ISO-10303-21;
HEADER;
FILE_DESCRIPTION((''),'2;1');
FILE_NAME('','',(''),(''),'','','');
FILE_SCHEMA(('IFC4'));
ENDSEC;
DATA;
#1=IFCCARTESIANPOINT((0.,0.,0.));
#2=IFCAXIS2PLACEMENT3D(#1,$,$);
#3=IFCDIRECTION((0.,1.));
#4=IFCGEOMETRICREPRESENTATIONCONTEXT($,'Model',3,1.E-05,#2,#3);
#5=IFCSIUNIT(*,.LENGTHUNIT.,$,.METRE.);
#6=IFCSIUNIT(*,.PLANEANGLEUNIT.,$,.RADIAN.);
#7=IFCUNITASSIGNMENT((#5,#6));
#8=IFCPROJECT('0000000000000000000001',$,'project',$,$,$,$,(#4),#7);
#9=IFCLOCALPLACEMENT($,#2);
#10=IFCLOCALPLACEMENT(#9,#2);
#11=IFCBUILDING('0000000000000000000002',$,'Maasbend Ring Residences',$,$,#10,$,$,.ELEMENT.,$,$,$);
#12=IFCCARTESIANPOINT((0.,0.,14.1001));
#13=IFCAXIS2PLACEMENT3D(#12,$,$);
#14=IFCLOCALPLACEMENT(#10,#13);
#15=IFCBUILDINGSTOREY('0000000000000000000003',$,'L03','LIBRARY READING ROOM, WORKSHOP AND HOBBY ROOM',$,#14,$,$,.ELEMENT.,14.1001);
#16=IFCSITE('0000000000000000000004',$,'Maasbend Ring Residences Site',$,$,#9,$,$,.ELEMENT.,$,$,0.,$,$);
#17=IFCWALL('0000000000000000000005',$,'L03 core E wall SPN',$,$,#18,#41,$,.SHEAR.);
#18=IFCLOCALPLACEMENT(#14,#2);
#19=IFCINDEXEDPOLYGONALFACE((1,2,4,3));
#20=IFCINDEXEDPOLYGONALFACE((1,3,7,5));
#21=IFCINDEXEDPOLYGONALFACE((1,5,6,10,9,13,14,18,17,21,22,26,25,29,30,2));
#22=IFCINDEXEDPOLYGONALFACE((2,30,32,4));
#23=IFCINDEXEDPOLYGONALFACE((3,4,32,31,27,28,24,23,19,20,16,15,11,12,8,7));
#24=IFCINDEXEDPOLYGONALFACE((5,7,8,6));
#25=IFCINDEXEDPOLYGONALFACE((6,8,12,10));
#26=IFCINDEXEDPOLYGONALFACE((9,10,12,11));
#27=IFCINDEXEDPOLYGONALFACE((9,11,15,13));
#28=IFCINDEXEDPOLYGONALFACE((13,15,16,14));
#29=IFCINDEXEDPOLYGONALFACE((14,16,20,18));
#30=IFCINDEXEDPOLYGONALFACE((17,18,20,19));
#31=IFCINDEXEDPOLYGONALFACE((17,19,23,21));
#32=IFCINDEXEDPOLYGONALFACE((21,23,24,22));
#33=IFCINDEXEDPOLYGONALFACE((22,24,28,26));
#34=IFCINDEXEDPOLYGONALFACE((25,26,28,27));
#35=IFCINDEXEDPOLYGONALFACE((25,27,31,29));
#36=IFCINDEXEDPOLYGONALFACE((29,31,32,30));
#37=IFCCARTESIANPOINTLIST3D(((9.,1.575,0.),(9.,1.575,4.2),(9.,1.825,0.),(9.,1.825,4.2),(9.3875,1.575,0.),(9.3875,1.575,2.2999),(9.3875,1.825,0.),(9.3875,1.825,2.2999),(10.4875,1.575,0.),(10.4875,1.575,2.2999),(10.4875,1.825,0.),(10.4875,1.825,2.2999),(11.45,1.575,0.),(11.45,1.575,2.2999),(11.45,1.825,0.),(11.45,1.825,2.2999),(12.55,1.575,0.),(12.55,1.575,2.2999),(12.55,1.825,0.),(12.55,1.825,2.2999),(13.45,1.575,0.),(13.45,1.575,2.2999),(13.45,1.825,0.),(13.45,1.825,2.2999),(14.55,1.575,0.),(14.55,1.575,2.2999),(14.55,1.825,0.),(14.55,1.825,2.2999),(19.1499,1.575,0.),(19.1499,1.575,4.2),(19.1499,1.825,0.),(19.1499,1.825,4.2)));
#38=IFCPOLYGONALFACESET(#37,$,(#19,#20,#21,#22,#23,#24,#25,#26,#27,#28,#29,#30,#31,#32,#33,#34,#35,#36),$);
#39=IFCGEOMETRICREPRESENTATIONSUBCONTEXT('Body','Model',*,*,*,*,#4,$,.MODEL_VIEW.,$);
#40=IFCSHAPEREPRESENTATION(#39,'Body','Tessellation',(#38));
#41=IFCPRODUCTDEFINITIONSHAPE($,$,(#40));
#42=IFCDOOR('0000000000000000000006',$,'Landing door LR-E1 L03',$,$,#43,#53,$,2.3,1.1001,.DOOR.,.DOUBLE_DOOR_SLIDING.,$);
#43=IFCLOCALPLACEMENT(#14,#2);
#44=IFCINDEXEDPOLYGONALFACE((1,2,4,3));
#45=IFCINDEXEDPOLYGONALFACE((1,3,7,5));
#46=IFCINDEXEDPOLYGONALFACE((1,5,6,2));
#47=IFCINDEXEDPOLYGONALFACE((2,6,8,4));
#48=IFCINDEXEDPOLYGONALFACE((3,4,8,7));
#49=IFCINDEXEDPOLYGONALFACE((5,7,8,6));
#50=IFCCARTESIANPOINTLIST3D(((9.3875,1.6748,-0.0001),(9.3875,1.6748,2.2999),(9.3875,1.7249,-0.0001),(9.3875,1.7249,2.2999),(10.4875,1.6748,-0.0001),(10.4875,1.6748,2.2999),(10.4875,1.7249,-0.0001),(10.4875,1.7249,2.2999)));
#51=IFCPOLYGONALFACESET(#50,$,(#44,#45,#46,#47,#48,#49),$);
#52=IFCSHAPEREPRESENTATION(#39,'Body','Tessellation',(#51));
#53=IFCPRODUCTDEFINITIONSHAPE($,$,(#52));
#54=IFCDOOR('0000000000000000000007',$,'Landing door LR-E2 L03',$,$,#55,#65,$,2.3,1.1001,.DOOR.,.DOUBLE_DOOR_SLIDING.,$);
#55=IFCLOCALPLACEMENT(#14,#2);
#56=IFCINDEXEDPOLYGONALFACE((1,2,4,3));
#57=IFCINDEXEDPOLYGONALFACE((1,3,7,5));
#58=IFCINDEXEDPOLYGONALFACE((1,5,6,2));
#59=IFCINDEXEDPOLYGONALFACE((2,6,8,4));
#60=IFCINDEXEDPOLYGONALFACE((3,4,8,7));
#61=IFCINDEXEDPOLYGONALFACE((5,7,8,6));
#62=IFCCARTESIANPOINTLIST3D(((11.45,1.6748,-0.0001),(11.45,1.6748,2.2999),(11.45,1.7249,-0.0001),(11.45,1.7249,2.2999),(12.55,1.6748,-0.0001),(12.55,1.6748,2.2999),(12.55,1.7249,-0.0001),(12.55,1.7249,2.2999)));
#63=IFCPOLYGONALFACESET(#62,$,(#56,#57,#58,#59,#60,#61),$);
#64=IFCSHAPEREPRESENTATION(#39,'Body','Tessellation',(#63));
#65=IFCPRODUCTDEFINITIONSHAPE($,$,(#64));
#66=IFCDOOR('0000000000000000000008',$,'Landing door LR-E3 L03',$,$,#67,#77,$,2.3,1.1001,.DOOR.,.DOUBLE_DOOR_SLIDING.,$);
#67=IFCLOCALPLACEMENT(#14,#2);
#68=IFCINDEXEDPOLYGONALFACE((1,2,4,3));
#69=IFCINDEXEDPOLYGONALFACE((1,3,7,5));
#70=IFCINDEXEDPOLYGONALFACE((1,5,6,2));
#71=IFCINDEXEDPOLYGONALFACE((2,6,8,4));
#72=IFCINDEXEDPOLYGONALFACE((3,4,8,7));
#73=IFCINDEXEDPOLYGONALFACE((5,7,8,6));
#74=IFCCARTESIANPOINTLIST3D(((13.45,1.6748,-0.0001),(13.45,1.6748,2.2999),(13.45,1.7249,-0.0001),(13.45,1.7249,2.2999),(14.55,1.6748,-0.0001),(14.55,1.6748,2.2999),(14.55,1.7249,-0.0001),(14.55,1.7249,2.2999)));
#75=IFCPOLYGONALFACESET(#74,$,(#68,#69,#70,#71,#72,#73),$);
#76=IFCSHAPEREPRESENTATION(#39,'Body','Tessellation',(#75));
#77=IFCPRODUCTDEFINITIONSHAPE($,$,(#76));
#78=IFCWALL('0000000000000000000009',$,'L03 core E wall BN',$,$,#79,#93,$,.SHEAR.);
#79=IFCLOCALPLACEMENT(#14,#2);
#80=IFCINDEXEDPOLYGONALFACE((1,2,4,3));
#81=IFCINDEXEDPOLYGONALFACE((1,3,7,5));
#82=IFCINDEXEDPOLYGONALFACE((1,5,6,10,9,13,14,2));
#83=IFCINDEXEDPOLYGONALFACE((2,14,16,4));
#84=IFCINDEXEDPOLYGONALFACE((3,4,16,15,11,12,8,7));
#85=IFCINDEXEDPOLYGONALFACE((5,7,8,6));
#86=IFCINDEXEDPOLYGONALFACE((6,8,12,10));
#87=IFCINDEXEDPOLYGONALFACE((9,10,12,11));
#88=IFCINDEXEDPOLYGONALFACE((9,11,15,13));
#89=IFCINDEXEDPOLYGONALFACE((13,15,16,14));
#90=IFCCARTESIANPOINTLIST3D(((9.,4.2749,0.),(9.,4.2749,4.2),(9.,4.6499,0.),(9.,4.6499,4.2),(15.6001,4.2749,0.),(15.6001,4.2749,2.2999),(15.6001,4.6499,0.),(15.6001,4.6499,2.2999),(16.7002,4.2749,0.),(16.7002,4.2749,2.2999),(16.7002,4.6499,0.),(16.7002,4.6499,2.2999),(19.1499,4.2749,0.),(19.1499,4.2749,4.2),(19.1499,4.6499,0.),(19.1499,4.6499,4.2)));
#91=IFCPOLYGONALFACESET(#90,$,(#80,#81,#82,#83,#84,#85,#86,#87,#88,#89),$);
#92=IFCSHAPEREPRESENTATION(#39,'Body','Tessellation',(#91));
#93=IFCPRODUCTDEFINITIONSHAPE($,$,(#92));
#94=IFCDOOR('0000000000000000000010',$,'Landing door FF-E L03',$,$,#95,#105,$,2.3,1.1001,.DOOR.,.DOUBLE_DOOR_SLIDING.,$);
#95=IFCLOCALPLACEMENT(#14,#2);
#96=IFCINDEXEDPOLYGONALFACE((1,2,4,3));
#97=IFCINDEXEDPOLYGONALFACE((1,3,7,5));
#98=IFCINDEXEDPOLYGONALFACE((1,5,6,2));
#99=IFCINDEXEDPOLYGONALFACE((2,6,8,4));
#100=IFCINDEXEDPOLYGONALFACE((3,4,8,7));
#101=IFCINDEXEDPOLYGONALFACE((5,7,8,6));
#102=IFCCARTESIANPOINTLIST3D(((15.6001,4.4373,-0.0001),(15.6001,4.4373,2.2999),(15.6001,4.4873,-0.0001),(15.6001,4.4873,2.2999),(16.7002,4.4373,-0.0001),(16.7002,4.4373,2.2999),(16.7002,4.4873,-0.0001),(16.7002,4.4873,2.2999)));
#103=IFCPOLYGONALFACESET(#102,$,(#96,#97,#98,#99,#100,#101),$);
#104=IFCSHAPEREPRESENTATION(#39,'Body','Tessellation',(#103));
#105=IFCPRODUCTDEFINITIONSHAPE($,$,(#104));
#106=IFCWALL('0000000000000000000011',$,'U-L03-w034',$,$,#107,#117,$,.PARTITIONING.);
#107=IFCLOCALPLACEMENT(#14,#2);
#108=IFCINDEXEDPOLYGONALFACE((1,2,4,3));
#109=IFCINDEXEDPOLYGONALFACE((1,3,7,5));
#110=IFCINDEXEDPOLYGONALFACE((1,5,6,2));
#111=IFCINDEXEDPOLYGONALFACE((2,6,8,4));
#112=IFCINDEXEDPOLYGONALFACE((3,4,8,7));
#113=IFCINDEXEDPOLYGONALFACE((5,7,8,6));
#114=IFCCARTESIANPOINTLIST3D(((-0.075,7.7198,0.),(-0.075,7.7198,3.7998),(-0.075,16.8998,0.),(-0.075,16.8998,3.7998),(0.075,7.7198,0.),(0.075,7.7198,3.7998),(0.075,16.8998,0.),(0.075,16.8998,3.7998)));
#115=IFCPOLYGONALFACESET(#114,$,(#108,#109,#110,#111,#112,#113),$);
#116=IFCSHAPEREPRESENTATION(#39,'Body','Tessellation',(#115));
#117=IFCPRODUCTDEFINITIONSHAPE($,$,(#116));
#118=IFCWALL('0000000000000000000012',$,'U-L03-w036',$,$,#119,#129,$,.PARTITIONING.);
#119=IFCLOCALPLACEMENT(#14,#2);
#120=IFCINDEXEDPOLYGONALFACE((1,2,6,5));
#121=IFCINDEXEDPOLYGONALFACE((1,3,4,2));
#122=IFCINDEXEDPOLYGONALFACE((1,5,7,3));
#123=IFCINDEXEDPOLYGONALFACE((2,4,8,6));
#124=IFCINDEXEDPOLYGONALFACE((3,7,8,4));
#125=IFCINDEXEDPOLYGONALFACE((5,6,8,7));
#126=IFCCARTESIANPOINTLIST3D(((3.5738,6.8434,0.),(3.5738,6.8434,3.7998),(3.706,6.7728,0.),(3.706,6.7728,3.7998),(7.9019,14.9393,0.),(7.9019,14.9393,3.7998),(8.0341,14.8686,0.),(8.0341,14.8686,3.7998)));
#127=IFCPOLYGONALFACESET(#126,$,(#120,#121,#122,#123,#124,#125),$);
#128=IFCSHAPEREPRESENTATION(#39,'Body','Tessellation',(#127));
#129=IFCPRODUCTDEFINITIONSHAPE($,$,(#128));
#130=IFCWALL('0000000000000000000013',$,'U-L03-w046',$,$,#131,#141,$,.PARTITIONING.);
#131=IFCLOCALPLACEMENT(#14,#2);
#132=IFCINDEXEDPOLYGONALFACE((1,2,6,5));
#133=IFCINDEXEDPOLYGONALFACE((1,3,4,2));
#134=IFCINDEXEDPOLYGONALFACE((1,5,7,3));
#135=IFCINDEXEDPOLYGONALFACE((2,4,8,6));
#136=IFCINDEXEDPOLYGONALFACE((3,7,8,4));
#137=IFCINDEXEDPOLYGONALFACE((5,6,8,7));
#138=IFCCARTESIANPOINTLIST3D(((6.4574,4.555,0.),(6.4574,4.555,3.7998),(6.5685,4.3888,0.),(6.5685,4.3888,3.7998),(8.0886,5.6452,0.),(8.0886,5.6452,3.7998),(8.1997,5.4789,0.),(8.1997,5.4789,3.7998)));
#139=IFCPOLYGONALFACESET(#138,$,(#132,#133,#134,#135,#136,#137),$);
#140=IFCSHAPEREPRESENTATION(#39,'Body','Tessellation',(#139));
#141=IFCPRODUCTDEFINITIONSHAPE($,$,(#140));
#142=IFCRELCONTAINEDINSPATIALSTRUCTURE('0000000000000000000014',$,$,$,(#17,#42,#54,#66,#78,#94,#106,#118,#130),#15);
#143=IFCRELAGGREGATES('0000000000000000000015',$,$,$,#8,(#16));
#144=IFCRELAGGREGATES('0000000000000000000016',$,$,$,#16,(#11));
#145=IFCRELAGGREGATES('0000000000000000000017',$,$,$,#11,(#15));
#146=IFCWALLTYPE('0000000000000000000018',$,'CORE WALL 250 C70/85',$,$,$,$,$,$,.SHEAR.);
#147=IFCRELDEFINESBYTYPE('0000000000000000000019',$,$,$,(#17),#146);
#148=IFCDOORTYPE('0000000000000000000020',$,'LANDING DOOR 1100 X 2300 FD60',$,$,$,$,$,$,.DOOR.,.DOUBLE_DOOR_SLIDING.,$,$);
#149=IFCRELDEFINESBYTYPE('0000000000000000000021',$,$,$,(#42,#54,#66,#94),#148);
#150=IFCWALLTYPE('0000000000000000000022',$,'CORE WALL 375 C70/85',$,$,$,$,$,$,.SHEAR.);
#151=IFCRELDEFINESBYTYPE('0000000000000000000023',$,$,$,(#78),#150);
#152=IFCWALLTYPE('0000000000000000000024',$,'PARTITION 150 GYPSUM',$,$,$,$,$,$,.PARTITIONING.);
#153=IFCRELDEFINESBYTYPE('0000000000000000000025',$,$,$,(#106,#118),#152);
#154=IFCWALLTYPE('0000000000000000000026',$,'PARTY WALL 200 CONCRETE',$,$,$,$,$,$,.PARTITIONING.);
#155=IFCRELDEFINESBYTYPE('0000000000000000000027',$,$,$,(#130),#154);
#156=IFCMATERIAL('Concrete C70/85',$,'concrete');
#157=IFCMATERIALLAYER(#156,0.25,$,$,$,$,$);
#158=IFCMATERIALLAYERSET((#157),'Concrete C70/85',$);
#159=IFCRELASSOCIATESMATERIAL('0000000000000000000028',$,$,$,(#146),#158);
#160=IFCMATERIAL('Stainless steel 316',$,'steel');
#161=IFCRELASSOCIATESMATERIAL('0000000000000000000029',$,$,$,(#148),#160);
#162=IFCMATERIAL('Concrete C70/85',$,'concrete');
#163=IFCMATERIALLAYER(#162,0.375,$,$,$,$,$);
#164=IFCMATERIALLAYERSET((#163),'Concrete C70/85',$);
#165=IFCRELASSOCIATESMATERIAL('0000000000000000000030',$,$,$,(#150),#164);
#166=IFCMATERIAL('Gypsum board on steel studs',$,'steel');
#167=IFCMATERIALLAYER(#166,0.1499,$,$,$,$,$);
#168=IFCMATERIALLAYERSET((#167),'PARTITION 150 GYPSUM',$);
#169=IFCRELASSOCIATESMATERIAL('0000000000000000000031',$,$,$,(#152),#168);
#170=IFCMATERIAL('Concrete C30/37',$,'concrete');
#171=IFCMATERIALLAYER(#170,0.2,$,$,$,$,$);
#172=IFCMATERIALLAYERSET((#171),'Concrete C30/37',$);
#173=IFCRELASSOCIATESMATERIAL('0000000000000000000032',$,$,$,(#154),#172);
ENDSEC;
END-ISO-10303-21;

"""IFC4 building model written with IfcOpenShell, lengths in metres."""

from ifc_helpers import new_model, si_unit, direction, frame, frame_2d, origin, place, context, subcontext, project, spatial, rectangle, extrude, material, layer, layer_set, type_object, element, fill, save


model = new_model("IFC4")

# Units and contexts
model_context = context("Model", 3, precision=1e-05, world=origin(), true_north=direction((0.0, 1.0)))
body_context = subcontext(model_context, "Body", "Model", "MODEL_VIEW")
ifc_project = project(units=[si_unit("LENGTHUNIT", "METRE"), si_unit("PLANEANGLEUNIT", "RADIAN")], contexts=[model_context])

# Site, building, storey
site_placement = place(None, origin())
site = spatial("IfcSite", under=ifc_project, at=site_placement, Name="Maasbend Ring Residences Site", CompositionType="ELEMENT", RefElevation=0.0)
building_placement = place(site_placement, origin())
building = spatial("IfcBuilding", under=site, at=building_placement, Name="Maasbend Ring Residences", CompositionType="ELEMENT")
storey_placement = place(building_placement, frame((0.0, 0.0, 14.1001)))
storey = spatial("IfcBuildingStorey", under=building, at=storey_placement, Name="L03", Description="LIBRARY READING ROOM, WORKSHOP AND HOBBY ROOM", CompositionType="ELEMENT", Elevation=14.1001)

# Wall, openings, doors
ifc_material_1 = material(Name="Concrete C70/85", Category="concrete")
ifc_layer_1 = layer(ifc_material_1, 0.25)
ifc_layer_set_1 = layer_set([ifc_layer_1], Name="Concrete C70/85")
wall_type_1 = type_object("IfcWallType", Name="CORE WALL 250 C70/85", PredefinedType="SHEAR", material=ifc_layer_set_1)
wall_1_placement = place(storey_placement, frame((9.0, 1.7, 0.0), z_axis=(0.0, 0.0, 1.0), x_axis=(1.0, 0.0, 0.0)))
wall_1 = element("IfcWall", 1, at=wall_1_placement, inside=storey, type_object=wall_type_1, Name="L03 core E wall SPN", PredefinedType="SHEAR", context=body_context, shape_type="SweptSolid", body=[
    extrude(rectangle(XDim=10.1499, YDim=0.25, at=frame_2d((5.075, 0.0))), origin(), (0.0, 0.0, 1.0), 4.2),
])
opening_1_placement = place(wall_1_placement, frame((0.3875, 0.0, 0.0)))
opening_1 = element("IfcOpeningElement", 2, at=opening_1_placement, cuts=wall_1, PredefinedType="OPENING", context=body_context, shape_type="SweptSolid", body=[
    extrude(rectangle(XDim=1.1001, YDim=2.3, at=frame_2d((0.55, 1.1499))), frame((0.0, 0.135, 0.0), z_axis=(0.0, -1.0, 0.0), x_axis=(1.0, 0.0, 0.0)), (0.0, 0.0, 1.0), 0.27),
])
opening_2_placement = place(wall_1_placement, frame((2.45, 0.0, 0.0)))
opening_2 = element("IfcOpeningElement", 3, at=opening_2_placement, cuts=wall_1, PredefinedType="OPENING", context=body_context, shape_type="SweptSolid", body=[
    extrude(rectangle(XDim=1.1001, YDim=2.3, at=frame_2d((0.55, 1.1499))), frame((0.0, 0.135, 0.0), z_axis=(0.0, -1.0, 0.0), x_axis=(1.0, 0.0, 0.0)), (0.0, 0.0, 1.0), 0.27),
])
opening_3_placement = place(wall_1_placement, frame((4.45, 0.0, 0.0)))
opening_3 = element("IfcOpeningElement", 4, at=opening_3_placement, cuts=wall_1, PredefinedType="OPENING", context=body_context, shape_type="SweptSolid", body=[
    extrude(rectangle(XDim=1.1001, YDim=2.3, at=frame_2d((0.55, 1.1499))), frame((0.0, 0.135, 0.0), z_axis=(0.0, -1.0, 0.0), x_axis=(1.0, 0.0, 0.0)), (0.0, 0.0, 1.0), 0.27),
])
ifc_material_2 = material(Name="Stainless steel 316", Category="steel")
door_type = type_object("IfcDoorType", Name="LANDING DOOR 1100 X 2300 FD60", OperationType="DOUBLE_DOOR_SLIDING", PredefinedType="DOOR", material=ifc_material_2)
door_1_placement = place(opening_1_placement, origin())
door_1 = element("IfcDoor", 5, at=door_1_placement, inside=storey, type_object=door_type, Name="Landing door LR-E1 L03", OperationType="DOUBLE_DOOR_SLIDING", OverallHeight=2.3, OverallWidth=1.1001, PredefinedType="DOOR", context=body_context, shape_type="SweptSolid", body=[
    extrude(rectangle(XDim=1.1001, YDim=2.3, at=frame_2d((0.55, 1.1499))), frame((0.0, 0.0249, 0.0), z_axis=(0.0, -1.0, 0.0), x_axis=(1.0, 0.0, 0.0)), (0.0, 0.0, 1.0), 0.05),
])
fill(opening_1, door_1)
door_2_placement = place(opening_2_placement, origin())
door_2 = element("IfcDoor", 6, at=door_2_placement, inside=storey, type_object=door_type, Name="Landing door LR-E2 L03", OperationType="DOUBLE_DOOR_SLIDING", OverallHeight=2.3, OverallWidth=1.1001, PredefinedType="DOOR", context=body_context, shape_type="SweptSolid", body=[
    extrude(rectangle(XDim=1.1001, YDim=2.3, at=frame_2d((0.55, 1.1499))), frame((0.0, 0.0249, 0.0), z_axis=(0.0, -1.0, 0.0), x_axis=(1.0, 0.0, 0.0)), (0.0, 0.0, 1.0), 0.05),
])
fill(opening_2, door_2)
door_3_placement = place(opening_3_placement, origin())
door_3 = element("IfcDoor", 7, at=door_3_placement, inside=storey, type_object=door_type, Name="Landing door LR-E3 L03", OperationType="DOUBLE_DOOR_SLIDING", OverallHeight=2.3, OverallWidth=1.1001, PredefinedType="DOOR", context=body_context, shape_type="SweptSolid", body=[
    extrude(rectangle(XDim=1.1001, YDim=2.3, at=frame_2d((0.55, 1.1499))), frame((0.0, 0.0249, 0.0), z_axis=(0.0, -1.0, 0.0), x_axis=(1.0, 0.0, 0.0)), (0.0, 0.0, 1.0), 0.05),
])
fill(opening_3, door_3)

# Wall, opening, door
ifc_material_3 = material(Name="Concrete C70/85", Category="concrete")
ifc_layer_2 = layer(ifc_material_3, 0.375)
ifc_layer_set_2 = layer_set([ifc_layer_2], Name="Concrete C70/85")
wall_type_2 = type_object("IfcWallType", Name="CORE WALL 375 C70/85", PredefinedType="SHEAR", material=ifc_layer_set_2)
wall_2_placement = place(storey_placement, frame((9.0, 4.4624, 0.0), z_axis=(0.0, 0.0, 1.0), x_axis=(1.0, 0.0, 0.0)))
wall_2 = element("IfcWall", 8, at=wall_2_placement, inside=storey, type_object=wall_type_2, Name="L03 core E wall BN", PredefinedType="SHEAR", context=body_context, shape_type="SweptSolid", body=[
    extrude(rectangle(XDim=10.1499, YDim=0.375, at=frame_2d((5.075, 0.0))), origin(), (0.0, 0.0, 1.0), 4.2),
])
opening_4_placement = place(wall_2_placement, frame((6.6001, 0.0, 0.0)))
opening_4 = element("IfcOpeningElement", 9, at=opening_4_placement, cuts=wall_2, PredefinedType="OPENING", context=body_context, shape_type="SweptSolid", body=[
    extrude(rectangle(XDim=1.1001, YDim=2.3, at=frame_2d((0.55, 1.1499))), frame((0.0, 0.1975, 0.0), z_axis=(0.0, -1.0, 0.0), x_axis=(1.0, 0.0, 0.0)), (0.0, 0.0, 1.0), 0.395),
])
door_4_placement = place(opening_4_placement, origin())
door_4 = element("IfcDoor", 10, at=door_4_placement, inside=storey, type_object=door_type, Name="Landing door FF-E L03", OperationType="DOUBLE_DOOR_SLIDING", OverallHeight=2.3, OverallWidth=1.1001, PredefinedType="DOOR", context=body_context, shape_type="SweptSolid", body=[
    extrude(rectangle(XDim=1.1001, YDim=2.3, at=frame_2d((0.55, 1.1499))), frame((0.0, 0.0249, 0.0), z_axis=(0.0, -1.0, 0.0), x_axis=(1.0, 0.0, 0.0)), (0.0, 0.0, 1.0), 0.05),
])
fill(opening_4, door_4)

# Walls
ifc_material_4 = material(Name="Gypsum board on steel studs", Category="steel")
ifc_layer_3 = layer(ifc_material_4, 0.1499)
ifc_layer_set_3 = layer_set([ifc_layer_3], Name="PARTITION 150 GYPSUM")
wall_type_3 = type_object("IfcWallType", Name="PARTITION 150 GYPSUM", PredefinedType="PARTITIONING", material=ifc_layer_set_3)
wall_3_placement = place(storey_placement, frame((0.0, 7.72, 0.0), z_axis=(0.0, 0.0, 1.0), x_axis=(0.0, 1.0, 0.0)))
element("IfcWall", 11, at=wall_3_placement, inside=storey, type_object=wall_type_3, Name="U-L03-w034", PredefinedType="PARTITIONING", context=body_context, shape_type="SweptSolid", body=[
    extrude(rectangle(XDim=9.1799, YDim=0.1499, at=frame_2d((4.5898, 0.0))), origin(), (0.0, 0.0, 1.0), 3.7998),
])
wall_4_placement = place(storey_placement, frame((3.6399, 6.8081, 0.0), z_axis=(0.0, 0.0, 1.0), x_axis=(0.47146, 0.881887, 0.0)))
element("IfcWall", 12, at=wall_4_placement, inside=storey, type_object=wall_type_3, Name="U-L03-w036", PredefinedType="PARTITIONING", context=body_context, shape_type="SweptSolid", body=[
    extrude(rectangle(XDim=9.1802, YDim=0.1499, at=frame_2d((4.5901, 0.0))), origin(), (0.0, 0.0, 1.0), 3.7998),
])
ifc_material_5 = material(Name="Concrete C30/37", Category="concrete")
ifc_layer_4 = layer(ifc_material_5, 0.2)
ifc_layer_set_4 = layer_set([ifc_layer_4], Name="Concrete C30/37")
wall_type_4 = type_object("IfcWallType", Name="PARTY WALL 200 CONCRETE", PredefinedType="PARTITIONING", material=ifc_layer_set_4)
wall_5_placement = place(storey_placement, frame((6.5129, 4.4719, 0.0), z_axis=(0.0, 0.0, 1.0), x_axis=(0.831418, 0.555648, 0.0)))
element("IfcWall", 13, at=wall_5_placement, inside=storey, type_object=wall_type_4, Name="U-L03-w046", PredefinedType="PARTITIONING", context=body_context, shape_type="SweptSolid", body=[
    extrude(rectangle(XDim=1.9619, YDim=0.2, at=frame_2d((0.981, 0.0))), origin(), (0.0, 0.0, 1.0), 3.7998),
])

save(model, "model.ifc")
